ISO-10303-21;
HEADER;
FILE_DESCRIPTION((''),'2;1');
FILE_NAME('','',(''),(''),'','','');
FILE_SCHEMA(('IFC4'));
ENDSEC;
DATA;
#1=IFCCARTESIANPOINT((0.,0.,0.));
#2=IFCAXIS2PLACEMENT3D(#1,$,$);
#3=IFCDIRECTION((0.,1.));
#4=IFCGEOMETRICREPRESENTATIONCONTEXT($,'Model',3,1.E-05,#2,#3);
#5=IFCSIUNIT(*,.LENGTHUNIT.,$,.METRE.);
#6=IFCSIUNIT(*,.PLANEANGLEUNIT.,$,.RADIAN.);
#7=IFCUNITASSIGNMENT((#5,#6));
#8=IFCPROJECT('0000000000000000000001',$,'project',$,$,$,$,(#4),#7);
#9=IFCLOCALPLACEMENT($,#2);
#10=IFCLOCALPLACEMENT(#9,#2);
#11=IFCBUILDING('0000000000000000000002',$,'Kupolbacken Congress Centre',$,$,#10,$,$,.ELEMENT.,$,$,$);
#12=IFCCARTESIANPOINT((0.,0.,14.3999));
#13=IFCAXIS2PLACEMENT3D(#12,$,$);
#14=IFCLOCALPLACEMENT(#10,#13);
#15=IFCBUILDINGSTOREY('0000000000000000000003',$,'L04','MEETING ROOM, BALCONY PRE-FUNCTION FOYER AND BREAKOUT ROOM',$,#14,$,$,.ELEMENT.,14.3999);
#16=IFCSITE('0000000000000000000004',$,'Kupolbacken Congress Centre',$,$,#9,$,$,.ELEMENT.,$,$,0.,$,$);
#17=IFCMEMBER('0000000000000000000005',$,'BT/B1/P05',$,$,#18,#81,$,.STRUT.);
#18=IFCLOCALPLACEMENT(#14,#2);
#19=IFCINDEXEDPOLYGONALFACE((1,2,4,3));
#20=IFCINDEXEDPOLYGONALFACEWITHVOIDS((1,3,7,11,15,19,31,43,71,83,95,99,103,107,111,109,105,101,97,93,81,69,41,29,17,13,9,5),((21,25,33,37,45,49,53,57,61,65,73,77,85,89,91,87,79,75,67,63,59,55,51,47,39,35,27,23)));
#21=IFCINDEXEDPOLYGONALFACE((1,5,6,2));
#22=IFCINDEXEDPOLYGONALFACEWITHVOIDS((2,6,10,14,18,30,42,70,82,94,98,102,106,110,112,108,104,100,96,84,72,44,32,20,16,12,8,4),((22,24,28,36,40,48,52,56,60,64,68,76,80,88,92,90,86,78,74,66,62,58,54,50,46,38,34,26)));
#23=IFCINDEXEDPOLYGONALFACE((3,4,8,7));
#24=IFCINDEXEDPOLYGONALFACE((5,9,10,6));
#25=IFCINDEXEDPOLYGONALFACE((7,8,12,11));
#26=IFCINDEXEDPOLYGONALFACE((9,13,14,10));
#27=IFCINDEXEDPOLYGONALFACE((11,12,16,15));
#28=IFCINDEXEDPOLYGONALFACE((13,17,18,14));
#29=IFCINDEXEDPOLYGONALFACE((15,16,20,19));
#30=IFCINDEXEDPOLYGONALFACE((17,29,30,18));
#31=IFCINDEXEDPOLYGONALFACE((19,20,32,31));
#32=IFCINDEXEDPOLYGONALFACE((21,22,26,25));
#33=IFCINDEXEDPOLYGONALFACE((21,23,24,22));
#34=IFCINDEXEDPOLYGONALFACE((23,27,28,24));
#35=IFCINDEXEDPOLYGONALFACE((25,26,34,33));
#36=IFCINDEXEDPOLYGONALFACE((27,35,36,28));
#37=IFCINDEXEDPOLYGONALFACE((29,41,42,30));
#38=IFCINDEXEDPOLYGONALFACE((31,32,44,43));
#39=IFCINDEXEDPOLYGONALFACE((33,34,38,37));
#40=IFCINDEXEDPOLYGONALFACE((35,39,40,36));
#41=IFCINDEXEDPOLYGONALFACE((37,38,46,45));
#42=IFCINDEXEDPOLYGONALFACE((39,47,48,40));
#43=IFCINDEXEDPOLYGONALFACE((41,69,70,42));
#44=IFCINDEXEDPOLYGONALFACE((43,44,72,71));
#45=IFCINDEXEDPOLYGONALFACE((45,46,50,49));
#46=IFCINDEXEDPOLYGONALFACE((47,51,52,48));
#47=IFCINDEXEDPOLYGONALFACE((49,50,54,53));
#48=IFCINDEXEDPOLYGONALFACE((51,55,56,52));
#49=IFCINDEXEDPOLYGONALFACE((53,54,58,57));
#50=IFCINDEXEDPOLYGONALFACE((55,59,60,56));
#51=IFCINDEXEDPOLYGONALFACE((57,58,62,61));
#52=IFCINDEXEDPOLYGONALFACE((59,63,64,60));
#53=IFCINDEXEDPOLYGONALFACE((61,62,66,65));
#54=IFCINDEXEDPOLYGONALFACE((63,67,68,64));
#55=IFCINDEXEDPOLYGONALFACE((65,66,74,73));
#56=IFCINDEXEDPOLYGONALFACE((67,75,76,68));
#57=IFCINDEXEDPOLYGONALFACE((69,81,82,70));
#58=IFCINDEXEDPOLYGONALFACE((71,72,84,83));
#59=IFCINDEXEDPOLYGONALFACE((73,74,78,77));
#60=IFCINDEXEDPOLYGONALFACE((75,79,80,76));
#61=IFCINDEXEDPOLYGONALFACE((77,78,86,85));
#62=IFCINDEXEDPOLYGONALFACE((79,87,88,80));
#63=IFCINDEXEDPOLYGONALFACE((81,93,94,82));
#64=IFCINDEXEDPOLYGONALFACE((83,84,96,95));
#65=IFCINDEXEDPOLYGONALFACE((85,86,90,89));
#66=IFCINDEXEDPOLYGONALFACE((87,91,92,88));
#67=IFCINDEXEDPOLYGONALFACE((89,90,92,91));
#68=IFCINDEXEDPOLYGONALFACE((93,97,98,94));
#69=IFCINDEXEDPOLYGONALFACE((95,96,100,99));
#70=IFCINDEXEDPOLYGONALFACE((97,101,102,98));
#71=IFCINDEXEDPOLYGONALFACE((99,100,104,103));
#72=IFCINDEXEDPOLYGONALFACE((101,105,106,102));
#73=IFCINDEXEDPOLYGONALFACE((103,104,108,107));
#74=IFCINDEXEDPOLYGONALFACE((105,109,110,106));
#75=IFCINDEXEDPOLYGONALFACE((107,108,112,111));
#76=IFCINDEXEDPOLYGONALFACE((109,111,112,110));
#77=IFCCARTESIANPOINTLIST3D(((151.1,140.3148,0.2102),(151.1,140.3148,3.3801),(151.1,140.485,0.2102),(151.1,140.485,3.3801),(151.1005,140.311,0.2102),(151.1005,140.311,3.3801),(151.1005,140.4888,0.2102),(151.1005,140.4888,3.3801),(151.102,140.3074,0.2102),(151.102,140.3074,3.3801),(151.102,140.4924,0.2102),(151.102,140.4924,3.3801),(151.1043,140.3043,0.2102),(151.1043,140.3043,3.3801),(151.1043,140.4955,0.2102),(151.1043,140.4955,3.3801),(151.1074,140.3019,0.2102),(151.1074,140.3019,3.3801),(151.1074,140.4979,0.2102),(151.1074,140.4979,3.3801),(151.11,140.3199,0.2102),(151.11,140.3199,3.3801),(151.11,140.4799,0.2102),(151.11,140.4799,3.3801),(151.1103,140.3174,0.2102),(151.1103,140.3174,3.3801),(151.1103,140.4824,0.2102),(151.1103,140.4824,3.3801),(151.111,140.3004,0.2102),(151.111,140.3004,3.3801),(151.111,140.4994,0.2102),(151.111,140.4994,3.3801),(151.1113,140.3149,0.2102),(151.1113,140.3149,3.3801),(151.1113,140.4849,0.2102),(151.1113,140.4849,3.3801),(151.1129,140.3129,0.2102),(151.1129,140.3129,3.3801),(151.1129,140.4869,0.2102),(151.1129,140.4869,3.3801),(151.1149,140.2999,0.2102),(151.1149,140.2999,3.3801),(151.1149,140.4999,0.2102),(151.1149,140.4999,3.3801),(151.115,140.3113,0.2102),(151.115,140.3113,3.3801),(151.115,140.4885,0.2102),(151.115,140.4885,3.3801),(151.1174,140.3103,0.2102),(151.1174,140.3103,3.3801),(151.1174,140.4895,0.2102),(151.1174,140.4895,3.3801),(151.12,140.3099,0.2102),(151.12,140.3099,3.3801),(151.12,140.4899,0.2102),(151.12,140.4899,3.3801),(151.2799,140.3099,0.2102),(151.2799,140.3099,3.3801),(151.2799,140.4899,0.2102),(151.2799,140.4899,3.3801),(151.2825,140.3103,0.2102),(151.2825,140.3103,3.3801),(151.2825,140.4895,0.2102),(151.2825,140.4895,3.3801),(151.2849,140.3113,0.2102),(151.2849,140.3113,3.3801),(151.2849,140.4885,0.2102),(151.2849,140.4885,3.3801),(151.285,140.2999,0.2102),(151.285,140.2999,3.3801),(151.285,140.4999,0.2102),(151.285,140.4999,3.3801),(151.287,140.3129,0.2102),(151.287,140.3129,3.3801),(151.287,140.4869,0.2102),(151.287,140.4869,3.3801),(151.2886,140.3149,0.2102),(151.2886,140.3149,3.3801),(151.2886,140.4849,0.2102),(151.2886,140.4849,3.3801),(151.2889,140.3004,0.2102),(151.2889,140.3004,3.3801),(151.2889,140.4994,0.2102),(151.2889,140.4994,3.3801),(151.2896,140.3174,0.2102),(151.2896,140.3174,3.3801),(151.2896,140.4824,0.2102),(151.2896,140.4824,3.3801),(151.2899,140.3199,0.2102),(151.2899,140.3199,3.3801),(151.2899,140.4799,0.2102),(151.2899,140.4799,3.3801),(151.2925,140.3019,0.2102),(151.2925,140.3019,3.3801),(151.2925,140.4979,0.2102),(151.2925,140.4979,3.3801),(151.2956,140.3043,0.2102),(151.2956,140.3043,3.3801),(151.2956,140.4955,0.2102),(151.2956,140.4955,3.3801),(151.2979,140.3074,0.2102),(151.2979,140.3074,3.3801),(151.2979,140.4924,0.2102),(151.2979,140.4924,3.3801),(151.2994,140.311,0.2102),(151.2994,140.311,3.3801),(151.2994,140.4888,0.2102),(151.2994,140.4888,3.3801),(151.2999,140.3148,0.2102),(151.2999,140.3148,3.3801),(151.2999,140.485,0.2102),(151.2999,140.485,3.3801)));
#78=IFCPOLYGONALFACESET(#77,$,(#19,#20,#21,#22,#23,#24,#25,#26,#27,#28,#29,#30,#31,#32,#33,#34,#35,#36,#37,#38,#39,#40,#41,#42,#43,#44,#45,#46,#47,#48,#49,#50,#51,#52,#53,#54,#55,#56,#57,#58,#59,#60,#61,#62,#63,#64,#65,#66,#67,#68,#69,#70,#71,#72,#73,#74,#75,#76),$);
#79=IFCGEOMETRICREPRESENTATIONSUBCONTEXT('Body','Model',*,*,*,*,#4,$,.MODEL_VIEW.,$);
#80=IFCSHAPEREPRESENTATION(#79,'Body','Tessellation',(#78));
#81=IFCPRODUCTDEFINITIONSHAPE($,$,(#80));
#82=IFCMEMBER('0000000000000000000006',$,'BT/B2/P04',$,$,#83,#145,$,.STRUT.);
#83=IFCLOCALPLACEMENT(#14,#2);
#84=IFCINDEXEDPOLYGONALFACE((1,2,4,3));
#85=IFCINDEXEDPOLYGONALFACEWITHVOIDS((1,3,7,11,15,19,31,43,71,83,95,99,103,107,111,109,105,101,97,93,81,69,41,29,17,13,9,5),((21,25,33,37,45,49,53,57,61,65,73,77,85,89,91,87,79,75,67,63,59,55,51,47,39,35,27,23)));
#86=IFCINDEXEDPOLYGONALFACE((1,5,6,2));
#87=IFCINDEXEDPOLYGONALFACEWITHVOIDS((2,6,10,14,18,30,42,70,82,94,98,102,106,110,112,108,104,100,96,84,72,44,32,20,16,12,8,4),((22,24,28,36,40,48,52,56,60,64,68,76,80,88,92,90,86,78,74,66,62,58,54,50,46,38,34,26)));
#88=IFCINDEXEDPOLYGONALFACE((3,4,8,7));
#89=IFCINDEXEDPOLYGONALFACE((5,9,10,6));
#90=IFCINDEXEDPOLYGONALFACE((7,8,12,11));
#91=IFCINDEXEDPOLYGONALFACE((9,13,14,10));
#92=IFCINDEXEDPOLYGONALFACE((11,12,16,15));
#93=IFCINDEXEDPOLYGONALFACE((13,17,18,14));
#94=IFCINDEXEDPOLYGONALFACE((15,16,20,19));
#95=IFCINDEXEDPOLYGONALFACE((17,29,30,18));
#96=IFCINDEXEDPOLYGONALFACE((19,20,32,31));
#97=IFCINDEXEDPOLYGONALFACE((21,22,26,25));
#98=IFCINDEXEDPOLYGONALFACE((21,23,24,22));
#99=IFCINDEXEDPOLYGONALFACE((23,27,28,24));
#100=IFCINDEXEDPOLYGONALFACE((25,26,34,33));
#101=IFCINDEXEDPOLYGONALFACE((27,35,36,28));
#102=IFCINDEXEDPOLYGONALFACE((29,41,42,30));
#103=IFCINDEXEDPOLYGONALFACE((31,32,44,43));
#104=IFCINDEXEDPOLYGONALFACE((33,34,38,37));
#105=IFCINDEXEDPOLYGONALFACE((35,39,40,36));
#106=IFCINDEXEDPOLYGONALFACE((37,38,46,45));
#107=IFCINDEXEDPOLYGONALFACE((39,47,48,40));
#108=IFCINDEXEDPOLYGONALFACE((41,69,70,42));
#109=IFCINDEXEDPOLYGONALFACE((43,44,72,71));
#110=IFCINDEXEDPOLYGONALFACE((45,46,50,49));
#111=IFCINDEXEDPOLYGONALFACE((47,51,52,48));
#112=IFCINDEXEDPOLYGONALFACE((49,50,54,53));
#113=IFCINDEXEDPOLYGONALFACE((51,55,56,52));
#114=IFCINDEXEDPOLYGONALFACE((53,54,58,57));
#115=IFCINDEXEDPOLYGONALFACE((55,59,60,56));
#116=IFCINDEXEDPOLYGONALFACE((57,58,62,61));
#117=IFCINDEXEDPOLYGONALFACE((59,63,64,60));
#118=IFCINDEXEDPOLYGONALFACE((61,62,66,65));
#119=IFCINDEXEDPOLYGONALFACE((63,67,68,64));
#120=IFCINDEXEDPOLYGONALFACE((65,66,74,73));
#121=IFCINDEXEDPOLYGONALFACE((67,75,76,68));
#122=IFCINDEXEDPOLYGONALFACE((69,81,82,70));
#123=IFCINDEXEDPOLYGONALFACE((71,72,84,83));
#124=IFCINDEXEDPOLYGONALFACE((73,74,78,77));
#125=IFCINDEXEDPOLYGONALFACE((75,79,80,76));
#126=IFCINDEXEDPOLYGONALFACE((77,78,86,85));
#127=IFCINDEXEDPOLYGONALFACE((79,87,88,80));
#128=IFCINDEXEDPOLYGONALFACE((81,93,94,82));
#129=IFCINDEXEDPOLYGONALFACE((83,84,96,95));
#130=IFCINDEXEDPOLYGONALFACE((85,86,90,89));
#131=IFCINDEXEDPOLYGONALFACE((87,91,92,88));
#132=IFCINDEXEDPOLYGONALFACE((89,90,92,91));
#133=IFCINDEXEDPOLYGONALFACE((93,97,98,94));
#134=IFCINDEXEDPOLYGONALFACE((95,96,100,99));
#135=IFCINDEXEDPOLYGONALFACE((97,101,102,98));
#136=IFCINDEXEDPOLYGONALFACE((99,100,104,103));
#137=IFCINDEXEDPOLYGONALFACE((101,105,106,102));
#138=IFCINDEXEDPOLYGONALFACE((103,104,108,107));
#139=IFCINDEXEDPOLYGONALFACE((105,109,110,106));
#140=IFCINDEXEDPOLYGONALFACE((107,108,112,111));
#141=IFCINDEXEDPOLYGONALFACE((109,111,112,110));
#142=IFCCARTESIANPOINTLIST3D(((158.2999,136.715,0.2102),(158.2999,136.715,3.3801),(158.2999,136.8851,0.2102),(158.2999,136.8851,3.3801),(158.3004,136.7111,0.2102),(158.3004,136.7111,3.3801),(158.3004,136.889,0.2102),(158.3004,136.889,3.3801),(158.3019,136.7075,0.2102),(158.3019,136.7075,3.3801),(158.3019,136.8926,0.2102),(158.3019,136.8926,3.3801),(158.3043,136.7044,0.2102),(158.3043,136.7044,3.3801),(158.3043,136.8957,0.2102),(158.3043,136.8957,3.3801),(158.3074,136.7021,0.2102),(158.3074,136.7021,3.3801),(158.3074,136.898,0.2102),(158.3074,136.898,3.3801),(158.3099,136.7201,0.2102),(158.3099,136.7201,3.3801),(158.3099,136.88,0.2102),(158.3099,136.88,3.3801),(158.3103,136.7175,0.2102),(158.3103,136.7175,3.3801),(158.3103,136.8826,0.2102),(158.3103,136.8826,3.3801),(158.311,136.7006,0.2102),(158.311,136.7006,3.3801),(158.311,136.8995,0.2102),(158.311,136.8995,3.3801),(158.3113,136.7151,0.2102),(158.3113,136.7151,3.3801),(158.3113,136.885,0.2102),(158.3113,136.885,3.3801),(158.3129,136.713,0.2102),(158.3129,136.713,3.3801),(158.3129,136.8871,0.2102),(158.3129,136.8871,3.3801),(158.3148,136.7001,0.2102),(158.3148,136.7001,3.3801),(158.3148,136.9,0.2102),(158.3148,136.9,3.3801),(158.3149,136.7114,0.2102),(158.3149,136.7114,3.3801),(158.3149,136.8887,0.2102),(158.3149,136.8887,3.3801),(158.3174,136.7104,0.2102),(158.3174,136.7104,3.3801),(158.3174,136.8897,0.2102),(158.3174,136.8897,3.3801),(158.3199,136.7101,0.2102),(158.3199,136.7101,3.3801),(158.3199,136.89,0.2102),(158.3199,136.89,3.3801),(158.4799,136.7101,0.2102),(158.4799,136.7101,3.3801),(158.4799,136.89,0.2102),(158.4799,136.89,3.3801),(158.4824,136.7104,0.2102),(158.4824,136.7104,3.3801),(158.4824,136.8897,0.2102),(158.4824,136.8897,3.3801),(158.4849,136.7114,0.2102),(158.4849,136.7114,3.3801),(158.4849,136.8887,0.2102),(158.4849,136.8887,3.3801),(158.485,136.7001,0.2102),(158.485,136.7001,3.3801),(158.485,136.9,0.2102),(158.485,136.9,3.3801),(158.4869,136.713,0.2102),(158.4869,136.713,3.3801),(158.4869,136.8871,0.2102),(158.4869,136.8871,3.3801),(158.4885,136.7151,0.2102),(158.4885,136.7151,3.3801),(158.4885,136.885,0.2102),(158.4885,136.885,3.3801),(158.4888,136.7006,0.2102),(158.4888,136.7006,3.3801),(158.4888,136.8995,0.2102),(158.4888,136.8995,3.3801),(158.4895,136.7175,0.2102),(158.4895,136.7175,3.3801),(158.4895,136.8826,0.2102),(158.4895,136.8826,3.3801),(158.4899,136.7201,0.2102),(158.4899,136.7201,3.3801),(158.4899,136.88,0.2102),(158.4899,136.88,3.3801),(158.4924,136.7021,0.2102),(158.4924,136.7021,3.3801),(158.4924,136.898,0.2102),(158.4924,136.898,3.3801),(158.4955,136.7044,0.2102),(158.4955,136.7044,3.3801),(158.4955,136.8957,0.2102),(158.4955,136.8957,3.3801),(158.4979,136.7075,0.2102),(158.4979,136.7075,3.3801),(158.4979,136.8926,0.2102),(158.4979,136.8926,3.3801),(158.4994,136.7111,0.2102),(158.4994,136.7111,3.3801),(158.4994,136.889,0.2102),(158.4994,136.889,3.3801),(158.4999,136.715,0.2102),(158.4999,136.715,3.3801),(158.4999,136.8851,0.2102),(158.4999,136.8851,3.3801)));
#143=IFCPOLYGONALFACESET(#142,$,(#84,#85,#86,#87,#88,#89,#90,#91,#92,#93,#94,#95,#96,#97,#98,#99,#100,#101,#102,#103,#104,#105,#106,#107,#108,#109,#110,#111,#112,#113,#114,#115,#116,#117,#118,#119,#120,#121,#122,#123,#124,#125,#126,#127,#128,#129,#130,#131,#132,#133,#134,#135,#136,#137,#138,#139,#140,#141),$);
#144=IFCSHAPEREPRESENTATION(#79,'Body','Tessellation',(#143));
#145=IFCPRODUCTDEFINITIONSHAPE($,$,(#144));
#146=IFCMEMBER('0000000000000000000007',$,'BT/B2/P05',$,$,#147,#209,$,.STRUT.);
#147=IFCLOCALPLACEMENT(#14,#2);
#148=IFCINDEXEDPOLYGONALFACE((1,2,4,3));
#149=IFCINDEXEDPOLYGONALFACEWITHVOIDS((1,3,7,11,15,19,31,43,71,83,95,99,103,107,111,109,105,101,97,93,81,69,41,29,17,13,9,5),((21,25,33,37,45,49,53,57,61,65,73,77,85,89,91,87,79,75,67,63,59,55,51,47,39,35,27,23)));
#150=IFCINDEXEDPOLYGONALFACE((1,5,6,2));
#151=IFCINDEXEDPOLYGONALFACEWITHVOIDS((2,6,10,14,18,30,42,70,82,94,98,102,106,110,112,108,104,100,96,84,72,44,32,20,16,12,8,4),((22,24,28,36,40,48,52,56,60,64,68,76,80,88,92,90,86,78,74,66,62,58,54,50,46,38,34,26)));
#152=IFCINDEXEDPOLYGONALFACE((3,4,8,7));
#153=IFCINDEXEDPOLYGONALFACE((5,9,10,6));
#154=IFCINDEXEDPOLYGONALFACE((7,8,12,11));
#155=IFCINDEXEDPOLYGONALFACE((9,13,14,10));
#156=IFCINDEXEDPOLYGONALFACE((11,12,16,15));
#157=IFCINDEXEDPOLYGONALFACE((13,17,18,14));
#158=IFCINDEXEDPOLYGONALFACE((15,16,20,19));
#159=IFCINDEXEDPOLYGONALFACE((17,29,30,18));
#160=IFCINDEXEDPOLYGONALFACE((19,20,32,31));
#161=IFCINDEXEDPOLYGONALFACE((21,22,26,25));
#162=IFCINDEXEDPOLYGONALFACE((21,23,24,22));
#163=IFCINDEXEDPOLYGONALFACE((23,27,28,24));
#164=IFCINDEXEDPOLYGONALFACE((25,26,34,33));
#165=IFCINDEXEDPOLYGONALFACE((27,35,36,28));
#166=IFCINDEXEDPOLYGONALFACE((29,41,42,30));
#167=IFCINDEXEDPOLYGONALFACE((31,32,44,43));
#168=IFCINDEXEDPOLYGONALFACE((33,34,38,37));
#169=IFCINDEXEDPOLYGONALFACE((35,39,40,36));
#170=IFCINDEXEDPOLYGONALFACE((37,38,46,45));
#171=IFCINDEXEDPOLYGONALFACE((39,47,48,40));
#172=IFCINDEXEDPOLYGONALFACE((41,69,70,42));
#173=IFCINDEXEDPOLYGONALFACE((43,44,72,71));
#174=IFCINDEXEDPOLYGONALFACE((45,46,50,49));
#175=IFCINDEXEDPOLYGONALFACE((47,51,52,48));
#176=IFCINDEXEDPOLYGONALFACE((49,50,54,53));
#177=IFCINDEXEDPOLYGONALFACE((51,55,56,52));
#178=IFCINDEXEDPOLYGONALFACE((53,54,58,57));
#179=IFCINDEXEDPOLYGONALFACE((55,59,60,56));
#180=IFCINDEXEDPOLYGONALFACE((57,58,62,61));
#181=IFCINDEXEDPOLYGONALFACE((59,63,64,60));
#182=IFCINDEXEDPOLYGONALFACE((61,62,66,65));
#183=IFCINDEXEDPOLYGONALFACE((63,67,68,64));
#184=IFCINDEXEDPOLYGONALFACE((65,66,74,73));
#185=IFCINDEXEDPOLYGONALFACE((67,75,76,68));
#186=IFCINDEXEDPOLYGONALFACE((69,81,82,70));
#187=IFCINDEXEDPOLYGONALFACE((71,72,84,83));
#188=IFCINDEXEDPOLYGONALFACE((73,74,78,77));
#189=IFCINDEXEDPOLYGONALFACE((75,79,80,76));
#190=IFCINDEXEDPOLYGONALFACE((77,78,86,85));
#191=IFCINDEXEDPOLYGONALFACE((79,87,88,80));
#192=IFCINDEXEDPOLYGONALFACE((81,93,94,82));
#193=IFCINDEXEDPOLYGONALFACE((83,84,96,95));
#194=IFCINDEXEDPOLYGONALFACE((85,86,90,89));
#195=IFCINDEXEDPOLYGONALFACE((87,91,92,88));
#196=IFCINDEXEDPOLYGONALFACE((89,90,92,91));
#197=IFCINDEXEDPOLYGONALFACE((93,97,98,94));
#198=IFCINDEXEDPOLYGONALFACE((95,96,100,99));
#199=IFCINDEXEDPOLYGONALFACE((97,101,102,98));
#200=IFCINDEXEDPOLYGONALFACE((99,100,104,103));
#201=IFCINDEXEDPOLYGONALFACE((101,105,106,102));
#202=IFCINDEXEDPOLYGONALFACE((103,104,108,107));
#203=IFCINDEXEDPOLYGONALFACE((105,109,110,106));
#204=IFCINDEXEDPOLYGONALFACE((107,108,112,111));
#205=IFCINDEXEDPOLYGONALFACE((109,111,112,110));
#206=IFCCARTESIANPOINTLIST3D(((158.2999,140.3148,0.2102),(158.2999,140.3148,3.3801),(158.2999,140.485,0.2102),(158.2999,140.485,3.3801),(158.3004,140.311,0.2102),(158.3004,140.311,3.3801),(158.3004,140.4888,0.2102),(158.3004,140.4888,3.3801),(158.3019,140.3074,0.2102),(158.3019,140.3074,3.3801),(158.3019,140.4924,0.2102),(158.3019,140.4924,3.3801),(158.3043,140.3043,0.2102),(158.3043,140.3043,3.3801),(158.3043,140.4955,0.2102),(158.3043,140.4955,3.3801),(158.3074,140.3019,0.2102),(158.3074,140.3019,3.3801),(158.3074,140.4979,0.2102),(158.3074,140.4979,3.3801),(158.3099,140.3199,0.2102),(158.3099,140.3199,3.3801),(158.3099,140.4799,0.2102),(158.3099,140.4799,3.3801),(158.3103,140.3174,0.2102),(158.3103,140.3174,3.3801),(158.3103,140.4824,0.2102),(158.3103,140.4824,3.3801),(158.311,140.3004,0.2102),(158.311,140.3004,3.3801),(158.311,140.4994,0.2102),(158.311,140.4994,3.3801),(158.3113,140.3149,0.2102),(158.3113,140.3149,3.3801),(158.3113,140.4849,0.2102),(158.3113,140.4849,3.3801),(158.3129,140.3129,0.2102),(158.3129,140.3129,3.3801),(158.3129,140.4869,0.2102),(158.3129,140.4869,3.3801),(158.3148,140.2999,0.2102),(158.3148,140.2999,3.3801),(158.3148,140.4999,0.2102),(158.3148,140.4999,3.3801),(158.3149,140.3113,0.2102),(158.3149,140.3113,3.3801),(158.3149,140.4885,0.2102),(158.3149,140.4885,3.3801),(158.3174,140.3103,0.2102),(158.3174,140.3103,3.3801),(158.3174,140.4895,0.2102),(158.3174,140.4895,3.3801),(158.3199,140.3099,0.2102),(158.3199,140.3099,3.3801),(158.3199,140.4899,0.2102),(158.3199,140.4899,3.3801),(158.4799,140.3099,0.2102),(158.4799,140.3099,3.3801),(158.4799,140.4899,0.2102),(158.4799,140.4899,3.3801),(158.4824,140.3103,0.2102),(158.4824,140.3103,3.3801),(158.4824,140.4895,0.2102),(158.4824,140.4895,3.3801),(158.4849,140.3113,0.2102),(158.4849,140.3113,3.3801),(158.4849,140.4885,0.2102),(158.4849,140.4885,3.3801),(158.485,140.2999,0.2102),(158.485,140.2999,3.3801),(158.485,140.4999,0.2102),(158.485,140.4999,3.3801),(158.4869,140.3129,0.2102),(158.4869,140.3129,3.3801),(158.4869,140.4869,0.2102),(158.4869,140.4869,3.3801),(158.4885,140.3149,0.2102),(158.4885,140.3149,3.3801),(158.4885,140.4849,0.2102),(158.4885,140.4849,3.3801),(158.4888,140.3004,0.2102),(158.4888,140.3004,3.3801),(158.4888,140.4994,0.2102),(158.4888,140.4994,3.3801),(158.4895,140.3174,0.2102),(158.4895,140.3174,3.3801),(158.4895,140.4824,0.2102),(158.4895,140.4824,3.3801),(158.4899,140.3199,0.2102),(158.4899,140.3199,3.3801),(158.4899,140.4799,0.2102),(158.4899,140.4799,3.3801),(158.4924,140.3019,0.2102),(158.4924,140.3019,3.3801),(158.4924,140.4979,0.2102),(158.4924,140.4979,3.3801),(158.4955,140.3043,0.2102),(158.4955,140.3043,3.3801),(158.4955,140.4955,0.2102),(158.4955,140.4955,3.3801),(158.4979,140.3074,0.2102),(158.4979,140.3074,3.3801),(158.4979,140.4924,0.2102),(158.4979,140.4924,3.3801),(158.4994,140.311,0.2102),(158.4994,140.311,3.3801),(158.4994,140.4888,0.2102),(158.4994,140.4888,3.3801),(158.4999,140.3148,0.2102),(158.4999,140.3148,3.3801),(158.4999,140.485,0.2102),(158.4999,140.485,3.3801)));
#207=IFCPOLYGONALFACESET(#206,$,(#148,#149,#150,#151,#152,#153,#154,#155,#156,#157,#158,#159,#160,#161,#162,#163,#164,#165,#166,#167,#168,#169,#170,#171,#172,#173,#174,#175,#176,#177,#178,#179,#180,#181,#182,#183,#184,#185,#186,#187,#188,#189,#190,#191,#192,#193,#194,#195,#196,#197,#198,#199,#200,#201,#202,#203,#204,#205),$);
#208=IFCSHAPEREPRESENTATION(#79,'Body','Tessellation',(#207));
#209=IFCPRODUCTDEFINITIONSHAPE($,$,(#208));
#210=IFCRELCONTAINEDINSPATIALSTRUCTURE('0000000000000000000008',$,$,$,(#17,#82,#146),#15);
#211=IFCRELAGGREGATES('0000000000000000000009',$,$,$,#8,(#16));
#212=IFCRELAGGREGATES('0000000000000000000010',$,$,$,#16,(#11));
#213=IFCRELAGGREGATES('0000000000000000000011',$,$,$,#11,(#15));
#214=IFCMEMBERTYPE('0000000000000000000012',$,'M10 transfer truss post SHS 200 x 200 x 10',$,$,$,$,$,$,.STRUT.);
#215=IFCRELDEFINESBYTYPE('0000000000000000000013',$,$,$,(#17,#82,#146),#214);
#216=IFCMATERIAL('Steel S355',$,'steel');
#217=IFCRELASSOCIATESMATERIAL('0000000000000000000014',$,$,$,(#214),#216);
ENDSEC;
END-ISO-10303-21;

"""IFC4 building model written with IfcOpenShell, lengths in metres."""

from ifc_helpers import new_model, si_unit, direction, frame, origin, origin_2d, place, context, subcontext, project, spatial, hollow_rectangle, extrude, material, material_profile, profile_set, type_object, element, save


model = new_model("IFC4")

# Units and contexts
model_context = context("Model", 3, precision=1e-05, world=origin(), true_north=direction((0.0, 1.0)))
body_context = subcontext(model_context, "Body", "Model", "MODEL_VIEW")
ifc_project = project(units=[si_unit("LENGTHUNIT", "METRE"), si_unit("PLANEANGLEUNIT", "RADIAN")], contexts=[model_context])

# Site, building, storey
site_placement = place(None, origin())
site = spatial("IfcSite", under=ifc_project, at=site_placement, Name="Kupolbacken Congress Centre", CompositionType="ELEMENT", RefElevation=0.0)
building_placement = place(site_placement, origin())
building = spatial("IfcBuilding", under=site, at=building_placement, Name="Kupolbacken Congress Centre", CompositionType="ELEMENT")
storey_placement = place(building_placement, frame((0.0, 0.0, 14.3999)))
storey = spatial("IfcBuildingStorey", under=building, at=storey_placement, Name="L04", Description="MEETING ROOM, BALCONY PRE-FUNCTION FOYER AND BREAKOUT ROOM", CompositionType="ELEMENT", Elevation=14.3999)

# Members
ifc_material_1 = material(Name="Steel S355", Category="steel")
ifc_material_profile_1 = material_profile(ifc_material_1, hollow_rectangle(XDim=0.2, YDim=0.2, WallThickness=0.01, InnerFilletRadius=0.01, OuterFilletRadius=0.0149, at=origin_2d()), Name="SHS 200 x 200 x 10")
ifc_profile_set_1 = profile_set([ifc_material_profile_1], Name="Steel S355")
member_type_1 = type_object("IfcMemberType", Name="M10 transfer truss post SHS 200 x 200 x 10", PredefinedType="STRUT", material=ifc_profile_set_1)
for number, where, z_axis, x_axis, name in (
    (1, (151.2, 140.3999, 0.2102), (0.0, 0.0, 1.0), (0.0, 1.0, 0.0), "BT/B1/P05"),
    (2, (158.3999, 136.8, 0.2102), (0.0, 0.0, 1.0), (0.0, 1.0, 0.0), "BT/B2/P04"),
    (3, (158.3999, 140.3999, 0.2102), (0.0, 0.0, 1.0), (0.0, 1.0, 0.0), "BT/B2/P05"),
):
    element("IfcMember", number, at=place(storey_placement, frame(where, z_axis=z_axis, x_axis=x_axis)), inside=storey, type_object=member_type_1, Name=name, PredefinedType="STRUT", context=body_context, shape_type="SweptSolid", body=[
        extrude(hollow_rectangle(XDim=0.2, YDim=0.2, WallThickness=0.01, InnerFilletRadius=0.01, OuterFilletRadius=0.0149, at=origin_2d()), origin(), (0.0, 0.0, 1.0), 3.1699),
    ])

save(model, "model.ifc")
